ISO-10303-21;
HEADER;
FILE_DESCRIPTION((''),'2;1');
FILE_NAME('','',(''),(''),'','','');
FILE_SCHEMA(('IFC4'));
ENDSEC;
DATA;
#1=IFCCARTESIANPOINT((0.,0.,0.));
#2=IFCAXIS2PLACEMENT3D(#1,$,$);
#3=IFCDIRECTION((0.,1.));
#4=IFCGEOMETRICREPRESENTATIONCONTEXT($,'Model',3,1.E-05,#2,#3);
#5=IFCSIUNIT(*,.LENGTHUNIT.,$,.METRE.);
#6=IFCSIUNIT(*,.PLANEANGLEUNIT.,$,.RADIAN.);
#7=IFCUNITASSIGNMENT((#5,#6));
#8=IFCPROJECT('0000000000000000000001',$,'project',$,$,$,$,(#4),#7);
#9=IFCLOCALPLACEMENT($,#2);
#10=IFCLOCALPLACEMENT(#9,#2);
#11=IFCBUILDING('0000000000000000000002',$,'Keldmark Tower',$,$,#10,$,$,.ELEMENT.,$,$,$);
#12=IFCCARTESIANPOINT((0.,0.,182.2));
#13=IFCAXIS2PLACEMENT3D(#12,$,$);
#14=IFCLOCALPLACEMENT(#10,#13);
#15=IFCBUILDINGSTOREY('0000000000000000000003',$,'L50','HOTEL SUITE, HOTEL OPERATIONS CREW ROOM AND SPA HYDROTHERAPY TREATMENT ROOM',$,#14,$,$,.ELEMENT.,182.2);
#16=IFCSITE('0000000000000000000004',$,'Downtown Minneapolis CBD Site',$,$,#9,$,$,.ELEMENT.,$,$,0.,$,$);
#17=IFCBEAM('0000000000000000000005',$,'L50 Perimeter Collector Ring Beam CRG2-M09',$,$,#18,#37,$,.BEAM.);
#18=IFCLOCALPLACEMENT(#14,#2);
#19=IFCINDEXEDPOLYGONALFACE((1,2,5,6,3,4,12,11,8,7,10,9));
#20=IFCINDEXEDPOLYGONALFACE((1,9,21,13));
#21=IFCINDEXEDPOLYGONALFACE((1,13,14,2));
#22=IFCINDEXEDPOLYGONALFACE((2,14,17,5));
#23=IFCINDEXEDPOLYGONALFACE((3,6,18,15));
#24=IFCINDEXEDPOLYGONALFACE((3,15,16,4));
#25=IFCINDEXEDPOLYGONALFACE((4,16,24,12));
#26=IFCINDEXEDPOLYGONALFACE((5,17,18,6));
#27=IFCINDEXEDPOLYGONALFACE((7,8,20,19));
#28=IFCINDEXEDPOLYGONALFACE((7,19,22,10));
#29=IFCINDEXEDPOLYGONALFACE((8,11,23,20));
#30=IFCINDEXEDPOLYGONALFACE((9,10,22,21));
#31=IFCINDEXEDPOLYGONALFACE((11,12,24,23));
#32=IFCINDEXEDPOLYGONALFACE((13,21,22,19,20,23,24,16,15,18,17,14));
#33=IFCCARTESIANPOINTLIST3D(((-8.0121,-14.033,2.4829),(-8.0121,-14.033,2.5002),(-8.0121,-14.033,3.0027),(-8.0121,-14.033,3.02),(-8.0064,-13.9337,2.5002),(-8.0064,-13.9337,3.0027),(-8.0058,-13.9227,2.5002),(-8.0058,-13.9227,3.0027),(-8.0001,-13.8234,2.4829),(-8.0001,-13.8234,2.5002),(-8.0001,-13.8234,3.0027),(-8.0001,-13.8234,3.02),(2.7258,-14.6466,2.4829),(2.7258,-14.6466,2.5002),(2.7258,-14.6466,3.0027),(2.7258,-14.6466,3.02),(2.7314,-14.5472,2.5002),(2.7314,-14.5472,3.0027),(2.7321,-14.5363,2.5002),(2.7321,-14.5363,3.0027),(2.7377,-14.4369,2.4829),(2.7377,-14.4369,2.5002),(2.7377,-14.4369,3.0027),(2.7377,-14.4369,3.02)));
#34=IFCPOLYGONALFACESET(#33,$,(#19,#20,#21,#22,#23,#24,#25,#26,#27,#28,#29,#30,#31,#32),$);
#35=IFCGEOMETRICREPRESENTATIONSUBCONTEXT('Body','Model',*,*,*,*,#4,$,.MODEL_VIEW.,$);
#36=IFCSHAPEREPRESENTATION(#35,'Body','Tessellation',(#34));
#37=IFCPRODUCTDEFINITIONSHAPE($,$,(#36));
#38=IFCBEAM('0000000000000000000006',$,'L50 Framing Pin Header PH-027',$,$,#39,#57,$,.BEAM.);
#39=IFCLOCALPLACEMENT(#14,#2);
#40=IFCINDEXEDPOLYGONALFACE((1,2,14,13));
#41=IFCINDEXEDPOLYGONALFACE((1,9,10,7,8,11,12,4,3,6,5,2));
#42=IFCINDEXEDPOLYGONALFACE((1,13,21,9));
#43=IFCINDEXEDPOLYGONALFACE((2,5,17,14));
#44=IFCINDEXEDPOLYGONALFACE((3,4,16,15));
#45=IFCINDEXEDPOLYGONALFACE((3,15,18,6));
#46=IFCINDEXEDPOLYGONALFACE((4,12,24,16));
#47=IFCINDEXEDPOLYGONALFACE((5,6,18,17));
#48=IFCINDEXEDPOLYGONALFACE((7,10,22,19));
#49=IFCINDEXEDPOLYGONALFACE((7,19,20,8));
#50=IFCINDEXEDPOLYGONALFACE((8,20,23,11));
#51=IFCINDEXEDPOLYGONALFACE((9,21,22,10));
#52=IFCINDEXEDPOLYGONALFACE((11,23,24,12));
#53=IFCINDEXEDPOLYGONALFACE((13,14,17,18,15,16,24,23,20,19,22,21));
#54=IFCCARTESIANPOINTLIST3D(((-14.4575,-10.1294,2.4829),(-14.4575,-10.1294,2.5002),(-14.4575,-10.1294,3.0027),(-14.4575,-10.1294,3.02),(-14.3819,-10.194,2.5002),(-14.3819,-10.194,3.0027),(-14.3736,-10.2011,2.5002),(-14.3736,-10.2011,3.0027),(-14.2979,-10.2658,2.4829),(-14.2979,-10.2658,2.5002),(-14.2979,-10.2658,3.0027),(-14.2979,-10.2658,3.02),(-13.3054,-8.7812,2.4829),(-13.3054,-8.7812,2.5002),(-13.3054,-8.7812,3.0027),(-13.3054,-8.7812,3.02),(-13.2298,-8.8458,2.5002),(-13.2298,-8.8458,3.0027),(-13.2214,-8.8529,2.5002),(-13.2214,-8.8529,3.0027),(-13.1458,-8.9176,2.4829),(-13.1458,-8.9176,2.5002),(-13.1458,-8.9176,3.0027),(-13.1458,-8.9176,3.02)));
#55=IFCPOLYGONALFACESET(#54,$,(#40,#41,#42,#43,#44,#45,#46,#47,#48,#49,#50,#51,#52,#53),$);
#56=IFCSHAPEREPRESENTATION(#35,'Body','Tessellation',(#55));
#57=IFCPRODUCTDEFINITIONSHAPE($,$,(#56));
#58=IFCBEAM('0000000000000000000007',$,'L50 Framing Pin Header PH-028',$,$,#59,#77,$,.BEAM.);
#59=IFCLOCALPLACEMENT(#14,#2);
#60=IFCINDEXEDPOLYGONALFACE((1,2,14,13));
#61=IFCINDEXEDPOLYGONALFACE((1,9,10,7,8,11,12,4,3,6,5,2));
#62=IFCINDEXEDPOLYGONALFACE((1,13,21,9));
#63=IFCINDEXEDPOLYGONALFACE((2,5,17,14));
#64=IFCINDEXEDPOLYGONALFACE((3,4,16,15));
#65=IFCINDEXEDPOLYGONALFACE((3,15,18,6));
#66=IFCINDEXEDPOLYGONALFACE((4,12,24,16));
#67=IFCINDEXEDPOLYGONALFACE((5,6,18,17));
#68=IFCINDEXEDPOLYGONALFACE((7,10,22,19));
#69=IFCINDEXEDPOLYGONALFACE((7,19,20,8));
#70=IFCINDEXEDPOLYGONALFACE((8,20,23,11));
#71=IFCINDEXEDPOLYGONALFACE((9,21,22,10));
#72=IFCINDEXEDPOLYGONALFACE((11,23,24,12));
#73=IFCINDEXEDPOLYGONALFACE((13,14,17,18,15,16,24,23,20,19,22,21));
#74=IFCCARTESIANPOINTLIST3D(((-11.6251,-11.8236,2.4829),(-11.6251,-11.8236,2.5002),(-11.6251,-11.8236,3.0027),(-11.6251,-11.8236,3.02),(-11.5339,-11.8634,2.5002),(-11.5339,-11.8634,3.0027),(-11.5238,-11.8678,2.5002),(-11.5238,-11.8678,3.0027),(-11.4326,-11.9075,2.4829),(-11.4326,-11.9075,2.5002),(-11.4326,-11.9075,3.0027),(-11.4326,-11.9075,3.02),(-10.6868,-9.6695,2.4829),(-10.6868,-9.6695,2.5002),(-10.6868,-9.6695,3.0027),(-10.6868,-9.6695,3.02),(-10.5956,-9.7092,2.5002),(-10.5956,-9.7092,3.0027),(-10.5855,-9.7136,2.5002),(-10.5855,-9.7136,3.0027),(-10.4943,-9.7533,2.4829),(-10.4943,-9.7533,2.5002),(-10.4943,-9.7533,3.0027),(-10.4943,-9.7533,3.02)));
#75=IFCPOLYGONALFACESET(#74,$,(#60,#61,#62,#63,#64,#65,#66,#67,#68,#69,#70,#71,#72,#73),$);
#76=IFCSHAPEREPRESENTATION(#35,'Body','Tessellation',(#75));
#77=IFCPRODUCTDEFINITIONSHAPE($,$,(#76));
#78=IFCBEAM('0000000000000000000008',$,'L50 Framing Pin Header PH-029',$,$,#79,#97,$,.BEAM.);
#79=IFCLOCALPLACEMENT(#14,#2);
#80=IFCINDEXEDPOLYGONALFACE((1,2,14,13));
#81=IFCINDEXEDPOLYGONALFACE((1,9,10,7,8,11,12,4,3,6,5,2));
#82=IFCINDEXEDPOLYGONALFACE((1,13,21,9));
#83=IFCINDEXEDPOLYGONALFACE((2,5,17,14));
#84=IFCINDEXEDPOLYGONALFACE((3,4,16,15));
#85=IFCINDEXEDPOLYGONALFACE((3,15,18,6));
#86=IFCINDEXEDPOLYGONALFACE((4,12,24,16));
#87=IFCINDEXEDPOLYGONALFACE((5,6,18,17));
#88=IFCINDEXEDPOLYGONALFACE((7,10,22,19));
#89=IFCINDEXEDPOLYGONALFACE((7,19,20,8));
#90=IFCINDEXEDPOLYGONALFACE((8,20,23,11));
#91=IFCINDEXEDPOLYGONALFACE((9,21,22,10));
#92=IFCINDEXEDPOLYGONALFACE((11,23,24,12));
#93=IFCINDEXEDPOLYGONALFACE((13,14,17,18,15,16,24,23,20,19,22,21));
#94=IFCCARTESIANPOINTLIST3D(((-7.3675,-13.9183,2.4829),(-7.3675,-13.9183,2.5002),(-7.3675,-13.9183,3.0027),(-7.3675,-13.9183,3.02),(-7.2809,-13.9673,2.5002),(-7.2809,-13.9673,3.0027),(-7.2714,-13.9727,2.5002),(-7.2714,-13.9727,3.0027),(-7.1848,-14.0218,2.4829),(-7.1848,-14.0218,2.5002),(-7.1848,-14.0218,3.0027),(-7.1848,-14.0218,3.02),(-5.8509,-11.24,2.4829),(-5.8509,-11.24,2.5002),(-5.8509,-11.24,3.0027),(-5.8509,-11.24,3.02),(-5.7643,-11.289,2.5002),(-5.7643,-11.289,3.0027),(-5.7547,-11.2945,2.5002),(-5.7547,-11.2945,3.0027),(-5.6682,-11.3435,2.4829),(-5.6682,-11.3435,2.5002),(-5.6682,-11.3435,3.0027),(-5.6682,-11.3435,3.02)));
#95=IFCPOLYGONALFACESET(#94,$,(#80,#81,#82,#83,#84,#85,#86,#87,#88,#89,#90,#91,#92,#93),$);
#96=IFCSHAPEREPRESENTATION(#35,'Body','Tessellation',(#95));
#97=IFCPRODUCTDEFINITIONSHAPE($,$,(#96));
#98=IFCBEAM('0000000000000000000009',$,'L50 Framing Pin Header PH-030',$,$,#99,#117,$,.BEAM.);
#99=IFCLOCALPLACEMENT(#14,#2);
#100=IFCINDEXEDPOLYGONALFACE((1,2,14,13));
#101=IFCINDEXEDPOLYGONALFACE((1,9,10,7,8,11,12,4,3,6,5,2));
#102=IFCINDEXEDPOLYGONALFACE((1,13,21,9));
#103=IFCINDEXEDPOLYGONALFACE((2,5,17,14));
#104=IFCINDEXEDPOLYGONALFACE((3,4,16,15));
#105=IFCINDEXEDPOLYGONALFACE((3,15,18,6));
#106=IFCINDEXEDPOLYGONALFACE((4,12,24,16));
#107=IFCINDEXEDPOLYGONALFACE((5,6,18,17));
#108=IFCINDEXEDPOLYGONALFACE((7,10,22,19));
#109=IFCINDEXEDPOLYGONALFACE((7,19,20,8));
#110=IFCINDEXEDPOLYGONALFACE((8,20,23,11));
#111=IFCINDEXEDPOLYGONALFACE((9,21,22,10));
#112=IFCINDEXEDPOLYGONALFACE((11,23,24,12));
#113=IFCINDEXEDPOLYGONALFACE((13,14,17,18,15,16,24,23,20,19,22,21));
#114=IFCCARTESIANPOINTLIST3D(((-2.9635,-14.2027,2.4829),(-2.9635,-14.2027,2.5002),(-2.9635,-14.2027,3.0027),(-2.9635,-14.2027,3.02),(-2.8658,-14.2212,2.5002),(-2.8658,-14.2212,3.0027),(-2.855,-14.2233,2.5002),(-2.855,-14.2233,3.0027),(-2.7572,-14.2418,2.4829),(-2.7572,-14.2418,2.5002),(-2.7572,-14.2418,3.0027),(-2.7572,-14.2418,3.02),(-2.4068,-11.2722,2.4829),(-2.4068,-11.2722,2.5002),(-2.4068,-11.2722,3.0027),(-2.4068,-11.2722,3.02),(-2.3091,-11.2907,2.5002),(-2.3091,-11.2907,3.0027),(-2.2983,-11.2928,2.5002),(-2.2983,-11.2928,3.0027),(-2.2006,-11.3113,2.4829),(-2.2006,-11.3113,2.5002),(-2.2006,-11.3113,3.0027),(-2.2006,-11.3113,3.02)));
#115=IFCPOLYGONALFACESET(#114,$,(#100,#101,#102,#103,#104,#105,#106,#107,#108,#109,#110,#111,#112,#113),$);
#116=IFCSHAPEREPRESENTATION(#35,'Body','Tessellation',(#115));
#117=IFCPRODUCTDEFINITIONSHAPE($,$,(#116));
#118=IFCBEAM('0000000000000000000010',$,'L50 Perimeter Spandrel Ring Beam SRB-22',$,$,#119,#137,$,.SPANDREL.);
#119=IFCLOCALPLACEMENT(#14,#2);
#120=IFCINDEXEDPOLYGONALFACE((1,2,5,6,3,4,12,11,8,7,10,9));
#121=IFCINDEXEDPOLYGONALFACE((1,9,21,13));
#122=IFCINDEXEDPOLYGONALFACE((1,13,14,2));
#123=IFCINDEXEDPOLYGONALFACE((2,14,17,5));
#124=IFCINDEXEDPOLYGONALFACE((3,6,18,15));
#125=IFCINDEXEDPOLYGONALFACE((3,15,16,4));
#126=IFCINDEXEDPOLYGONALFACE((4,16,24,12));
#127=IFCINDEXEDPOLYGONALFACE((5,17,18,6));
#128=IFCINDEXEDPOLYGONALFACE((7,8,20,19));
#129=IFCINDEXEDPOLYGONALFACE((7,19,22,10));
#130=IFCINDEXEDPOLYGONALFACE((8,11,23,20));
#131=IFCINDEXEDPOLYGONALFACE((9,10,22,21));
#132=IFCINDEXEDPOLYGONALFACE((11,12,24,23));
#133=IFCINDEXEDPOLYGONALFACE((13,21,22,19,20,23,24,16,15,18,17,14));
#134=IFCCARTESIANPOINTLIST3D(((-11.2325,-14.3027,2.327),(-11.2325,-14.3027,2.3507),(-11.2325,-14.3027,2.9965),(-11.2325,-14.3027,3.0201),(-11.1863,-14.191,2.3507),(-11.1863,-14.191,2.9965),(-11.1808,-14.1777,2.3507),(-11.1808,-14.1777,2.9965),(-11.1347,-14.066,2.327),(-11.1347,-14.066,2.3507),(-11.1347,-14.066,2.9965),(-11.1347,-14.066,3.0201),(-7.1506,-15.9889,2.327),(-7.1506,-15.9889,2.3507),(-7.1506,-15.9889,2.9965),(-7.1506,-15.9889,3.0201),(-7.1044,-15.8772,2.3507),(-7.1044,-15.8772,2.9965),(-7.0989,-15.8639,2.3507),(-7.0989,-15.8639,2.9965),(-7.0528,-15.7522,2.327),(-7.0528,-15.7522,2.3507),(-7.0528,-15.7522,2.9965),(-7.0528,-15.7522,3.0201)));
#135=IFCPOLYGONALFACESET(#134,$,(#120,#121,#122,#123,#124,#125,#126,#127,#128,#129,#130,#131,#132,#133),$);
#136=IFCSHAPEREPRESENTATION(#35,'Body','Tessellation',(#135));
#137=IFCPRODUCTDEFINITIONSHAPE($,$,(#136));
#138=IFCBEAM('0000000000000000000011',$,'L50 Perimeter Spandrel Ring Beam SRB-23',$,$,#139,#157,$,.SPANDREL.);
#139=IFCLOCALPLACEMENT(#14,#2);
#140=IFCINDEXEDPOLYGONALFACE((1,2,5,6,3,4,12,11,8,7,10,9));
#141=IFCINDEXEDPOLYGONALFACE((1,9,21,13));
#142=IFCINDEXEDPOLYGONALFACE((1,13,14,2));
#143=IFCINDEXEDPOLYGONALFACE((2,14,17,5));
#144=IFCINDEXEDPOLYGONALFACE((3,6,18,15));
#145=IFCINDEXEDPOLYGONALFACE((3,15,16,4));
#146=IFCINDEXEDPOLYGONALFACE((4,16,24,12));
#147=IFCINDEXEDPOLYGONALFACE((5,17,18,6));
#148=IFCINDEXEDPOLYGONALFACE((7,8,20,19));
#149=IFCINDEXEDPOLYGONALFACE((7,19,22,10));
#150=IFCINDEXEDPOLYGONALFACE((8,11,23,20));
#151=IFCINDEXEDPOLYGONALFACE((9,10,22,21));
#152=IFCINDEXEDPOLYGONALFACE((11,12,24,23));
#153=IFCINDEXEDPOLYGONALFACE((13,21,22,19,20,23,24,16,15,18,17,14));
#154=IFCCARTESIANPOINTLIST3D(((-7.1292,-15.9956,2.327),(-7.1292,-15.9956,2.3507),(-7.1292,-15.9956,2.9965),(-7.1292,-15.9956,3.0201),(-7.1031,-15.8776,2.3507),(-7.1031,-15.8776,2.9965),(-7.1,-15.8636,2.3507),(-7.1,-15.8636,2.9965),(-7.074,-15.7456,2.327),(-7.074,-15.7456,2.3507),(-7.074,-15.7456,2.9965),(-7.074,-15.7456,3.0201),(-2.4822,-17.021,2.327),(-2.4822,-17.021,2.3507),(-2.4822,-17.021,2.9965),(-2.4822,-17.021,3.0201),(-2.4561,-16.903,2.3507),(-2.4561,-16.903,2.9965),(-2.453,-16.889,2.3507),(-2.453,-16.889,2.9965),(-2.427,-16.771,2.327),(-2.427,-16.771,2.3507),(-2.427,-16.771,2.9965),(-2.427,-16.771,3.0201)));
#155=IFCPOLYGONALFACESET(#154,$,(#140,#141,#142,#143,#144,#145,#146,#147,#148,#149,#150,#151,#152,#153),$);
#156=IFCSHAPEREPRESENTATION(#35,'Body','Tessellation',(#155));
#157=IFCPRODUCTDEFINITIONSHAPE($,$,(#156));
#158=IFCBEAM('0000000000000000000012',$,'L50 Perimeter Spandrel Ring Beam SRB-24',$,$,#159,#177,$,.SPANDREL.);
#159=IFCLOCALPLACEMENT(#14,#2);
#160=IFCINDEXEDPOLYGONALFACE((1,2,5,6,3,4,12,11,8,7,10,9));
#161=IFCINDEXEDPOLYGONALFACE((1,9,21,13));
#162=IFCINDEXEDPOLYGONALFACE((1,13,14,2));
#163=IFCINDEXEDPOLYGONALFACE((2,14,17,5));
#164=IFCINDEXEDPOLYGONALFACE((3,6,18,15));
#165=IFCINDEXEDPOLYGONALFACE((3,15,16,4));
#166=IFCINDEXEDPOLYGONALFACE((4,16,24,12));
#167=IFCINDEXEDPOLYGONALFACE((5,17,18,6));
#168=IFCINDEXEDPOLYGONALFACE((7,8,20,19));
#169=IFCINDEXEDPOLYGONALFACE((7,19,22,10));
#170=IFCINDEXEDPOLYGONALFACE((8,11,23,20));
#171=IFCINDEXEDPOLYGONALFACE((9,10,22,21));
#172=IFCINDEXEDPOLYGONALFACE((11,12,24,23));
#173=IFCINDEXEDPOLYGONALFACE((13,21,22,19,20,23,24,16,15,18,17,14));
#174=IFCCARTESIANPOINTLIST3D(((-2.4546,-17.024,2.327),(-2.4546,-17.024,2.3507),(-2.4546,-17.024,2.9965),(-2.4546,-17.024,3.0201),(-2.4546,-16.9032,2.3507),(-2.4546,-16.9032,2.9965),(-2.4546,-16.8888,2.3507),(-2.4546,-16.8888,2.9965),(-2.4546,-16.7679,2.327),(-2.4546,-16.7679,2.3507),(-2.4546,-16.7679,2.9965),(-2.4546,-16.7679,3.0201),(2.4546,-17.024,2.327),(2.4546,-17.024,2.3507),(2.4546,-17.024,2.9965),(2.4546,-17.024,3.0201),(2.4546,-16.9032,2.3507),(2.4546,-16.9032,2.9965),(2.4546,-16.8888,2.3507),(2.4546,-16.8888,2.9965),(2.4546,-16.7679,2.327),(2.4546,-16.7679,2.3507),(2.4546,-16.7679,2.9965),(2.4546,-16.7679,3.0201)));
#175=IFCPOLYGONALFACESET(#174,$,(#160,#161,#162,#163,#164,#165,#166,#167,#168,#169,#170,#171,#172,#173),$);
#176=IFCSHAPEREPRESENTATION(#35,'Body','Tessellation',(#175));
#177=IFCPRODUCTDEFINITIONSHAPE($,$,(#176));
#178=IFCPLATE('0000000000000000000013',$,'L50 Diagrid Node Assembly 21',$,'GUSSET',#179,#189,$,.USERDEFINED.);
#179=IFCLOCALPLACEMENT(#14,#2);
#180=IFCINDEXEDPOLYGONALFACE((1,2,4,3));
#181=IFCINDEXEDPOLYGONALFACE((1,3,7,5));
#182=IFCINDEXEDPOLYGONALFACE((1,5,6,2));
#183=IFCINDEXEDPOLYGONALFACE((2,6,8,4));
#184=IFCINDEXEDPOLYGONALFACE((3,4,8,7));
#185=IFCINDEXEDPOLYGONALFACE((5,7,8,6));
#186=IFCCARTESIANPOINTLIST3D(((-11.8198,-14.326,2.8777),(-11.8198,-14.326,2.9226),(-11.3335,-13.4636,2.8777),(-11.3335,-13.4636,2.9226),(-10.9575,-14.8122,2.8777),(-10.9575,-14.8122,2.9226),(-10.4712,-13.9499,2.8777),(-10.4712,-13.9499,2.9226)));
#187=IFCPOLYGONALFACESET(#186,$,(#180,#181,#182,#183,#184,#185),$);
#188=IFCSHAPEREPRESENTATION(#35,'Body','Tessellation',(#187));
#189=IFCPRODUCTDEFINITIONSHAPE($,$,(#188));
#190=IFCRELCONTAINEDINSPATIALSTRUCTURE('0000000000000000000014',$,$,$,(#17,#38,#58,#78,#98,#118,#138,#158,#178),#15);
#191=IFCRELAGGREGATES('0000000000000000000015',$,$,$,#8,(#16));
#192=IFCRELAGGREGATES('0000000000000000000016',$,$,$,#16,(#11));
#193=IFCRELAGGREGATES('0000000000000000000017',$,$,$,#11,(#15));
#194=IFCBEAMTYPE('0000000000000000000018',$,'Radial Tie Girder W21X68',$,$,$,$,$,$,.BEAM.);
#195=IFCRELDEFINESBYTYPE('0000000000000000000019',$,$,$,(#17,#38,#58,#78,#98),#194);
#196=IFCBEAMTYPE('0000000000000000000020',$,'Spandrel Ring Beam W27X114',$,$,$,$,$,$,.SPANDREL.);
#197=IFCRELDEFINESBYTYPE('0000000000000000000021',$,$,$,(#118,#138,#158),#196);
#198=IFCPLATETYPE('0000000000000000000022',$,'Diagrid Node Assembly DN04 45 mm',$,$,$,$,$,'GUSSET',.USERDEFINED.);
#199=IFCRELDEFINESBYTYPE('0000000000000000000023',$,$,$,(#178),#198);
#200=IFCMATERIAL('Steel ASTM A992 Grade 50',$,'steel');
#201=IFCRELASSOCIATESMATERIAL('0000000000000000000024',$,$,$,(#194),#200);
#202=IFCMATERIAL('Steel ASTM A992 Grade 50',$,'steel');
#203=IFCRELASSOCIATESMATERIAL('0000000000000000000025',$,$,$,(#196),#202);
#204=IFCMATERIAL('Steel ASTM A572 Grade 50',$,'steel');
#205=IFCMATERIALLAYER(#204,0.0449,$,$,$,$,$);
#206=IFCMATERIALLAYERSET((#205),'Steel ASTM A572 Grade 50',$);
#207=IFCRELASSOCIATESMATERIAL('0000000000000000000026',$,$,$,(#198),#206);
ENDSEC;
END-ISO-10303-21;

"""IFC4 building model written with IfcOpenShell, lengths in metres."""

from ifc_helpers import new_model, si_unit, direction, frame, origin, origin_2d, place, context, subcontext, project, spatial, rectangle, i_section, extrude, material, layer, layer_set, material_profile, profile_set, type_object, element, save


model = new_model("IFC4")

# Units and contexts
model_context = context("Model", 3, precision=1e-05, world=origin(), true_north=direction((0.0, 1.0)))
body_context = subcontext(model_context, "Body", "Model", "MODEL_VIEW")
ifc_project = project(units=[si_unit("LENGTHUNIT", "METRE"), si_unit("PLANEANGLEUNIT", "RADIAN")], contexts=[model_context])

# Site, building, storey
site_placement = place(None, origin())
site = spatial("IfcSite", under=ifc_project, at=site_placement, Name="Downtown Minneapolis CBD Site", CompositionType="ELEMENT", RefElevation=0.0)
building_placement = place(site_placement, origin())
building = spatial("IfcBuilding", under=site, at=building_placement, Name="Keldmark Tower", CompositionType="ELEMENT")
storey_placement = place(building_placement, frame((0.0, 0.0, 182.2)))
storey = spatial("IfcBuildingStorey", under=building, at=storey_placement, Name="L50", Description="HOTEL SUITE, HOTEL OPERATIONS CREW ROOM AND SPA HYDROTHERAPY TREATMENT ROOM", CompositionType="ELEMENT", Elevation=182.2)

# Beams
ifc_material_1 = material(Name="Steel ASTM A992 Grade 50", Category="steel")
ifc_material_profile_1 = material_profile(ifc_material_1, i_section(OverallWidth=0.21, OverallDepth=0.5371, WebThickness=0.011, FlangeThickness=0.0173, at=origin_2d()), Name="W21X68")
ifc_profile_set_1 = profile_set([ifc_material_profile_1], Name="Steel ASTM A992 Grade 50")
beam_type_1 = type_object("IfcBeamType", Name="Radial Tie Girder W21X68", PredefinedType="BEAM", material=ifc_profile_set_1)
beam_1_placement = place(storey_placement, frame((-8.0061, -13.9282, 2.7515), z_axis=(0.998372, -0.057044, 0.0), x_axis=(0.057044, 0.998372, 0.0)))
element("IfcBeam", 1, at=beam_1_placement, inside=storey, type_object=beam_type_1, Name="L50 Perimeter Collector Ring Beam CRG2-M09", PredefinedType="BEAM", context=body_context, shape_type="SweptSolid", body=[
    extrude(i_section(OverallWidth=0.21, OverallDepth=0.5371, WebThickness=0.011, FlangeThickness=0.0173, at=origin_2d()), origin(), (0.0, 0.0, 1.0), 10.7554),
])
beam_2_placement = place(storey_placement, frame((-13.2256, -8.8494, 2.7515), z_axis=(-0.649668, -0.760218, 0.0), x_axis=(0.760218, -0.649668, 0.0)))
element("IfcBeam", 2, at=beam_2_placement, inside=storey, type_object=beam_type_1, Name="L50 Framing Pin Header PH-027", PredefinedType="BEAM", context=body_context, shape_type="SweptSolid", body=[
    extrude(i_section(OverallWidth=0.21, OverallDepth=0.5371, WebThickness=0.011, FlangeThickness=0.0173, at=origin_2d()), origin(), (0.0, 0.0, 1.0), 1.7734),
])
beam_3_placement = place(storey_placement, frame((-10.5906, -9.7114, 2.7515), z_axis=(-0.39933, -0.916807, 0.0), x_axis=(0.916807, -0.39933, 0.0)))
element("IfcBeam", 3, at=beam_3_placement, inside=storey, type_object=beam_type_1, Name="L50 Framing Pin Header PH-028", PredefinedType="BEAM", context=body_context, shape_type="SweptSolid", body=[
    extrude(i_section(OverallWidth=0.21, OverallDepth=0.5371, WebThickness=0.011, FlangeThickness=0.0173, at=origin_2d()), origin(), (0.0, 0.0, 1.0), 2.3496),
])
beam_4_placement = place(storey_placement, frame((-5.7595, -11.2917, 2.7515), z_axis=(-0.492752, -0.87017, 0.0), x_axis=(0.87017, -0.492752, 0.0)))
element("IfcBeam", 4, at=beam_4_placement, inside=storey, type_object=beam_type_1, Name="L50 Framing Pin Header PH-029", PredefinedType="BEAM", context=body_context, shape_type="SweptSolid", body=[
    extrude(i_section(OverallWidth=0.21, OverallDepth=0.5371, WebThickness=0.011, FlangeThickness=0.0173, at=origin_2d()), origin(), (0.0, 0.0, 1.0), 3.0779),
])
beam_5_placement = place(storey_placement, frame((-2.3037, -11.2917, 2.7515), z_axis=(-0.186616, -0.982433, 0.0), x_axis=(0.982433, -0.186616, 0.0)))
element("IfcBeam", 5, at=beam_5_placement, inside=storey, type_object=beam_type_1, Name="L50 Framing Pin Header PH-030", PredefinedType="BEAM", context=body_context, shape_type="SweptSolid", body=[
    extrude(i_section(OverallWidth=0.21, OverallDepth=0.5371, WebThickness=0.011, FlangeThickness=0.0173, at=origin_2d()), origin(), (0.0, 0.0, 1.0), 2.9829),
])
ifc_material_2 = material(Name="Steel ASTM A992 Grade 50", Category="steel")
ifc_material_profile_2 = material_profile(ifc_material_2, i_section(OverallWidth=0.2561, OverallDepth=0.6931, WebThickness=0.0144, FlangeThickness=0.0237, at=origin_2d()), Name="W27X114")
ifc_profile_set_2 = profile_set([ifc_material_profile_2], Name="Steel ASTM A992 Grade 50")
beam_type_2 = type_object("IfcBeamType", Name="Spandrel Ring Beam W27X114", PredefinedType="SPANDREL", material=ifc_profile_set_2)
beam_6_placement = place(storey_placement, frame((-11.1836, -14.1843, 2.6736), z_axis=(0.924244, -0.381803, 0.0), x_axis=(0.381803, 0.924244, 0.0)))
element("IfcBeam", 6, at=beam_6_placement, inside=storey, type_object=beam_type_2, Name="L50 Perimeter Spandrel Ring Beam SRB-22", PredefinedType="SPANDREL", context=body_context, shape_type="SweptSolid", body=[
    extrude(i_section(OverallWidth=0.2561, OverallDepth=0.6931, WebThickness=0.0144, FlangeThickness=0.0237, at=origin_2d()), origin(), (0.0, 0.0, 1.0), 4.4165),
])
beam_7_placement = place(storey_placement, frame((-7.1016, -15.8706, 2.6736), z_axis=(0.976509, -0.215474, 0.0), x_axis=(0.215474, 0.976509, 0.0)))
element("IfcBeam", 7, at=beam_7_placement, inside=storey, type_object=beam_type_2, Name="L50 Perimeter Spandrel Ring Beam SRB-23", PredefinedType="SPANDREL", context=body_context, shape_type="SweptSolid", body=[
    extrude(i_section(OverallWidth=0.2561, OverallDepth=0.6931, WebThickness=0.0144, FlangeThickness=0.0237, at=origin_2d()), origin(), (0.0, 0.0, 1.0), 4.7588),
])
beam_8_placement = place(storey_placement, frame((-2.4546, -16.896, 2.6736), z_axis=(1.0, 0.0, 0.0), x_axis=(0.0, 1.0, 0.0)))
element("IfcBeam", 8, at=beam_8_placement, inside=storey, type_object=beam_type_2, Name="L50 Perimeter Spandrel Ring Beam SRB-24", PredefinedType="SPANDREL", context=body_context, shape_type="SweptSolid", body=[
    extrude(i_section(OverallWidth=0.2561, OverallDepth=0.6931, WebThickness=0.0144, FlangeThickness=0.0237, at=origin_2d()), origin(), (0.0, 0.0, 1.0), 4.9092),
])

# Plate
ifc_material_3 = material(Name="Steel ASTM A572 Grade 50", Category="steel")
ifc_layer_1 = layer(ifc_material_3, 0.0449)
ifc_layer_set_1 = layer_set([ifc_layer_1], Name="Steel ASTM A572 Grade 50")
plate_type = type_object("IfcPlateType", Name="Diagrid Node Assembly DN04 45 mm", ElementType="GUSSET", PredefinedType="USERDEFINED", material=ifc_layer_set_1)
for number, where, z_axis, x_axis, name in (
    (9, (-11.1455, -14.1379, 2.8777), (0.0, 0.0, 1.0), (0.871042, -0.491208, 0.0), "L50 Diagrid Node Assembly 21"),
):
    element("IfcPlate", number, at=place(storey_placement, frame(where, z_axis=z_axis, x_axis=x_axis)), inside=storey, type_object=plate_type, Name=name, ObjectType="GUSSET", PredefinedType="USERDEFINED", context=body_context, shape_type="SweptSolid", body=[
        extrude(rectangle(XDim=0.99, YDim=0.99, at=origin_2d()), origin(), (0.0, 0.0, 1.0), 0.0449),
    ])

save(model, "model.ifc")
